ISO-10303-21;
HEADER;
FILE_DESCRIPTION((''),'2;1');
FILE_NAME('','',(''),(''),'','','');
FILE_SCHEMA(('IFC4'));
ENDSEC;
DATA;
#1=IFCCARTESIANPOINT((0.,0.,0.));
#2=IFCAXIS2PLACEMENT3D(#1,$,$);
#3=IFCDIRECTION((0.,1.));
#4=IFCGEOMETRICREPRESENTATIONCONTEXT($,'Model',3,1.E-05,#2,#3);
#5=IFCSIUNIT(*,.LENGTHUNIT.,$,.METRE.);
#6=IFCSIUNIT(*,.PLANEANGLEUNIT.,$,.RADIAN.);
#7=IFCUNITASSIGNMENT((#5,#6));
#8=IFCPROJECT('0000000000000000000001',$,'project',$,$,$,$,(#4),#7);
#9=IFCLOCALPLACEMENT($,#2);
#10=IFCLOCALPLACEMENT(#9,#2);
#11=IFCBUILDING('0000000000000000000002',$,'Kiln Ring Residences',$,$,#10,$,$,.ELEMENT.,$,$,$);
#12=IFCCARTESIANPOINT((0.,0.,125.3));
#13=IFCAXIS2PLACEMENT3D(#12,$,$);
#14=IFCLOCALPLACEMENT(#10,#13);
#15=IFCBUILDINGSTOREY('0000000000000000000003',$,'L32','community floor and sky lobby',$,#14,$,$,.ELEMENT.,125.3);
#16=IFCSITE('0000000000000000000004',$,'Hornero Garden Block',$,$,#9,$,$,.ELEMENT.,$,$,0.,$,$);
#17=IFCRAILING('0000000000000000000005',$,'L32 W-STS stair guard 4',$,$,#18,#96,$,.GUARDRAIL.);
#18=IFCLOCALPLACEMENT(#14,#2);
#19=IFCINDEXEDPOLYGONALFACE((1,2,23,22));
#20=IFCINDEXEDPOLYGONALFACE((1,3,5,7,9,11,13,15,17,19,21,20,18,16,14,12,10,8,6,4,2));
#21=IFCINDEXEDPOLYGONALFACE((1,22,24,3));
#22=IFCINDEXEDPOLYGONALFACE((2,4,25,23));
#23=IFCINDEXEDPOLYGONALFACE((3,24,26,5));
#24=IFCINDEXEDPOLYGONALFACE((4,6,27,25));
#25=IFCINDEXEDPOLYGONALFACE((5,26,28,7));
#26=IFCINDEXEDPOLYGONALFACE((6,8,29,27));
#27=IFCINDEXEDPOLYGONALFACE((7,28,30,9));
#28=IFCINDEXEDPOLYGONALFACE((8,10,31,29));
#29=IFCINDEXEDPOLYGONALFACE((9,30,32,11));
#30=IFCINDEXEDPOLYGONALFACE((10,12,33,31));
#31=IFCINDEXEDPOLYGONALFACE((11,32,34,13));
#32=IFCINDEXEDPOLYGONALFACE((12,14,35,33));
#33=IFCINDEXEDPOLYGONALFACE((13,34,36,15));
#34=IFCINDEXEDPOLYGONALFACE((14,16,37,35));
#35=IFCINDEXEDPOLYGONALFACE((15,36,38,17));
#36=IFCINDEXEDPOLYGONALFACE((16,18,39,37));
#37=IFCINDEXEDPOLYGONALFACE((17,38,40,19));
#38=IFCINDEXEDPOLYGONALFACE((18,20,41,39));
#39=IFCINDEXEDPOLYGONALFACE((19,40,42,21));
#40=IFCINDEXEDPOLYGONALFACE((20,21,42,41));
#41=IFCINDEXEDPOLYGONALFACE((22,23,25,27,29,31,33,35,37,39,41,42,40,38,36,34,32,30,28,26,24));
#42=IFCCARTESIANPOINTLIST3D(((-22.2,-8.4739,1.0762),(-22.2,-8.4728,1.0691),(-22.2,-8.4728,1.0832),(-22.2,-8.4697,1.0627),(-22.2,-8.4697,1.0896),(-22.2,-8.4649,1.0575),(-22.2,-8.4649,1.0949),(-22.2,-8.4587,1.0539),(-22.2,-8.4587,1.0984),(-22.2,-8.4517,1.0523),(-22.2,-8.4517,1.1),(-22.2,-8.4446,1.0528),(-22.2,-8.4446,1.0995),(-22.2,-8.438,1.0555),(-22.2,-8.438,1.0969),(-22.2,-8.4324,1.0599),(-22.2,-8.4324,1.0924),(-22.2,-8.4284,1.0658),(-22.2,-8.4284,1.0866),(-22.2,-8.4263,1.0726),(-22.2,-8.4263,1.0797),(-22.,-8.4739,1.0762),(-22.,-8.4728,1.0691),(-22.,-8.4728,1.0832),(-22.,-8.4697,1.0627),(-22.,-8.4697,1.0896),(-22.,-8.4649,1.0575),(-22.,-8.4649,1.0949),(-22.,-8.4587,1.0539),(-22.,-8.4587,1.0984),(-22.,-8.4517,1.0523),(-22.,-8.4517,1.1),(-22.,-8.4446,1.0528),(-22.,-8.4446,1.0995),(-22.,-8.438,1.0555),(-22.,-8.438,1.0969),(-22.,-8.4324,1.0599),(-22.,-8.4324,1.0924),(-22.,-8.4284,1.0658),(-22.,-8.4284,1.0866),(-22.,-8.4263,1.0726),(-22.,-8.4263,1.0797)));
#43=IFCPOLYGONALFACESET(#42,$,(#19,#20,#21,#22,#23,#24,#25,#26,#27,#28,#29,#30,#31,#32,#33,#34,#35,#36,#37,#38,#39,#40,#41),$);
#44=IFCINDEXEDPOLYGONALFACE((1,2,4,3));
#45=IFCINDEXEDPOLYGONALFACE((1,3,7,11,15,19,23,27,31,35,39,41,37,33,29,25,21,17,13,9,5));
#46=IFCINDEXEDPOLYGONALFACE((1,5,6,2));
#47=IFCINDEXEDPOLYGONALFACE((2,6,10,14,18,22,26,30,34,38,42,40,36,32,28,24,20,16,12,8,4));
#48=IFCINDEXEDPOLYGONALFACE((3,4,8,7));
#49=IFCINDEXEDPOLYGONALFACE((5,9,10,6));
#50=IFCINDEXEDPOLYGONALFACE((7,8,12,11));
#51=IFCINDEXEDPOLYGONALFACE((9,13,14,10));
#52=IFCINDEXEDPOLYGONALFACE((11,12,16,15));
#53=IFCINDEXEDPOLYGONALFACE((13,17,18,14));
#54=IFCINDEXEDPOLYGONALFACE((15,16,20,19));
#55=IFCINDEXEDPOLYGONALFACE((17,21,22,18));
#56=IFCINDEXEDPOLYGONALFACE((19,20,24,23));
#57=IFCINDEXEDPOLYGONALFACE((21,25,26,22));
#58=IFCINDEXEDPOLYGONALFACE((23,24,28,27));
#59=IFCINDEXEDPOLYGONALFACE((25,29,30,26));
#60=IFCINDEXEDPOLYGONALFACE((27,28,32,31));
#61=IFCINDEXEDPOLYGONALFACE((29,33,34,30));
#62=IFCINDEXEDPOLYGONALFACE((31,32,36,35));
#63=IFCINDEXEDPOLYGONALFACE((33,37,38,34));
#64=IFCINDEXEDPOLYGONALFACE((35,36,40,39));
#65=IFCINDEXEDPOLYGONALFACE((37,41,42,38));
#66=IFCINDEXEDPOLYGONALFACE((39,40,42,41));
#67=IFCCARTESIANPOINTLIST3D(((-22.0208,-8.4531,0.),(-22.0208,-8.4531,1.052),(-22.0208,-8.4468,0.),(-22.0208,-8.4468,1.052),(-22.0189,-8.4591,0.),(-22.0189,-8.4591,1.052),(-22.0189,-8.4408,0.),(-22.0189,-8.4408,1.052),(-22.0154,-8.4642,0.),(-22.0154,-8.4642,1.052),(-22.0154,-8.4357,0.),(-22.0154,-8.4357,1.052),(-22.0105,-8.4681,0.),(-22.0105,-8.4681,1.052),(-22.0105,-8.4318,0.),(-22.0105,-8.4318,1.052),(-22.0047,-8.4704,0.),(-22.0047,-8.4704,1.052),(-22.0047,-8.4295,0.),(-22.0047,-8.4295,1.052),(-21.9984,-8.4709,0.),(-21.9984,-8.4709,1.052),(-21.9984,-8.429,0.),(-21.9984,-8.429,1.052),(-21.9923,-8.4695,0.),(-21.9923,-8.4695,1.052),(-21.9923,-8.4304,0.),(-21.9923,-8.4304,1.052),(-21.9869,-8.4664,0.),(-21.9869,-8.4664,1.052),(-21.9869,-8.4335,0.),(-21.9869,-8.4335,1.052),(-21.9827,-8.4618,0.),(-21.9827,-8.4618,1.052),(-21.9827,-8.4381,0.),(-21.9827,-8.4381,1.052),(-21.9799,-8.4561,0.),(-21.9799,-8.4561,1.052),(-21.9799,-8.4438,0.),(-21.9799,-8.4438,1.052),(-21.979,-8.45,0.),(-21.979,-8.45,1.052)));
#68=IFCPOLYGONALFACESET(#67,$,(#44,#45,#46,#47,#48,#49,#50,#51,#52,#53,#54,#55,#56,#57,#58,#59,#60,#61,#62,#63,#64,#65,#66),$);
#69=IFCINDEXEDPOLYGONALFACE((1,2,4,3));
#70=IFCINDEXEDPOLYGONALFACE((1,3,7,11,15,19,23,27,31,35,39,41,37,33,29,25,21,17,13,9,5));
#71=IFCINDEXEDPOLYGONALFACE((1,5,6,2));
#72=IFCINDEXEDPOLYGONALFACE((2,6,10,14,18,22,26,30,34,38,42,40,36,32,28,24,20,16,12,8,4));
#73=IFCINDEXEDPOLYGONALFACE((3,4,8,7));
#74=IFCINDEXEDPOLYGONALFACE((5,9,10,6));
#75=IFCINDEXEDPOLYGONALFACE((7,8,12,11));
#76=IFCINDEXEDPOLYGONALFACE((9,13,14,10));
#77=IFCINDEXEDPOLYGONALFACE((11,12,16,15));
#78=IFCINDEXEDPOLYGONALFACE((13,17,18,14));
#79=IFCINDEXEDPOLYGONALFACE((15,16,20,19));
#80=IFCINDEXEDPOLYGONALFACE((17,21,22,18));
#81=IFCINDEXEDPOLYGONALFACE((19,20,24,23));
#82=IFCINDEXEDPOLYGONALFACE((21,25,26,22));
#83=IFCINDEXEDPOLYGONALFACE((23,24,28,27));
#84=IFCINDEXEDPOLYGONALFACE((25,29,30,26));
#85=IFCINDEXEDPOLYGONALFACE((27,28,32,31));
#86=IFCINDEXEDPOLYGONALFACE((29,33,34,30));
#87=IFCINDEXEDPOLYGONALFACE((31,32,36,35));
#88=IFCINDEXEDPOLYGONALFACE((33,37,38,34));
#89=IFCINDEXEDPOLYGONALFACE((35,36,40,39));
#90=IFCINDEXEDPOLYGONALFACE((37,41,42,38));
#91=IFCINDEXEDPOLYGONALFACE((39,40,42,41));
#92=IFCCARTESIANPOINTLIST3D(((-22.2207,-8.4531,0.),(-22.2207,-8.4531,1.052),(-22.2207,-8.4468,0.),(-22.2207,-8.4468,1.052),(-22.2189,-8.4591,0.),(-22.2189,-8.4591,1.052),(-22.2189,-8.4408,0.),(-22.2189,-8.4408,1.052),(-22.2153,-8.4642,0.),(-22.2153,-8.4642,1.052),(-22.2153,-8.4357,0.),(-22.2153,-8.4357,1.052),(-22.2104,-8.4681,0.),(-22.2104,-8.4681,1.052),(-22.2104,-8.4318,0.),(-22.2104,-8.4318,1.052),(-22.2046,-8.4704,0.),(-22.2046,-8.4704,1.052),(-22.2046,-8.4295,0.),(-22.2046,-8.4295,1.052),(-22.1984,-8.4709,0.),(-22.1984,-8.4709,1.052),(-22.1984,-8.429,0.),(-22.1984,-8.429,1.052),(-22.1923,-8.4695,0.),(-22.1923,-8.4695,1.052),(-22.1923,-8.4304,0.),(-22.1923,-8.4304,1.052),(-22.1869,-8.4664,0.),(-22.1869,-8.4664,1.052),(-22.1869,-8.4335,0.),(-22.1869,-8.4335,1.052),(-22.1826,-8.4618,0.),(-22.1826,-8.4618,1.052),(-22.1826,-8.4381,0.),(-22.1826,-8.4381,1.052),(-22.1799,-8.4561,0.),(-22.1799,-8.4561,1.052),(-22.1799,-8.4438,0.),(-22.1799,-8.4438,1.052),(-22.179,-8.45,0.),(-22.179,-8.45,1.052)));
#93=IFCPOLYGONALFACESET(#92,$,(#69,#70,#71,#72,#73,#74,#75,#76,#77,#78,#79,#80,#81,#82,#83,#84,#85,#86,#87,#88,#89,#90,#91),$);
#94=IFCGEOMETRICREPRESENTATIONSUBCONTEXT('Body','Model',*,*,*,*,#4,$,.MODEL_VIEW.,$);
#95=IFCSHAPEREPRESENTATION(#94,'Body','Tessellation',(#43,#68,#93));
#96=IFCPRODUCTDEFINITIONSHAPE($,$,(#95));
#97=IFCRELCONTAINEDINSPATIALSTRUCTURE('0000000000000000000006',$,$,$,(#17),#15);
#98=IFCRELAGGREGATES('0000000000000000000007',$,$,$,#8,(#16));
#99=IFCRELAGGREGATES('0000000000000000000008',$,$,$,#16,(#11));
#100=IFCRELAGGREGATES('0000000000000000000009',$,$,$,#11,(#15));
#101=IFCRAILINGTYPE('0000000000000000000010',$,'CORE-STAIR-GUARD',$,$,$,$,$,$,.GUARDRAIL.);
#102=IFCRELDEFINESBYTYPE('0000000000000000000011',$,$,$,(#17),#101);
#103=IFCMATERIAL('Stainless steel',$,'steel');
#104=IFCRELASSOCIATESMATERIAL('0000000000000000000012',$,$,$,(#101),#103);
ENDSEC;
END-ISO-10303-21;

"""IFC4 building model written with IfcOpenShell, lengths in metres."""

from ifc_helpers import new_model, si_unit, direction, frame, origin, origin_2d, place, context, subcontext, project, spatial, circle, extrude, material, type_object, element, save


model = new_model("IFC4")

# Units and contexts
model_context = context("Model", 3, precision=1e-05, world=origin(), true_north=direction((0.0, 1.0)))
body_context = subcontext(model_context, "Body", "Model", "MODEL_VIEW")
ifc_project = project(units=[si_unit("LENGTHUNIT", "METRE"), si_unit("PLANEANGLEUNIT", "RADIAN")], contexts=[model_context])

# Site, building, storey
site_placement = place(None, origin())
site = spatial("IfcSite", under=ifc_project, at=site_placement, Name="Hornero Garden Block", CompositionType="ELEMENT", RefElevation=0.0)
building_placement = place(site_placement, origin())
building = spatial("IfcBuilding", under=site, at=building_placement, Name="Kiln Ring Residences", CompositionType="ELEMENT")
storey_placement = place(building_placement, frame((0.0, 0.0, 125.3)))
storey = spatial("IfcBuildingStorey", under=building, at=storey_placement, Name="L32", Description="community floor and sky lobby", CompositionType="ELEMENT", Elevation=125.3)

# Railing
ifc_material_1 = material(Name="Stainless steel", Category="steel")
railing_type_1 = type_object("IfcRailingType", Name="CORE-STAIR-GUARD", PredefinedType="GUARDRAIL", material=ifc_material_1)
railing_1_placement = place(storey_placement, frame((-22.0, -8.45, 0.0)))
element("IfcRailing", 1, at=railing_1_placement, inside=storey, type_object=railing_type_1, Name="L32 W-STS stair guard 4", PredefinedType="GUARDRAIL", context=body_context, shape_type="SweptSolid", body=[
    extrude(circle(Radius=0.0239, at=origin_2d()), frame((0.0, 0.0, 1.0762), z_axis=(-1.0, 0.0, 0.0), x_axis=(0.0, -1.0, 0.0)), (0.0, 0.0, 1.0), 0.2),
    extrude(circle(Radius=0.021, at=origin_2d()), origin(), (0.0, 0.0, 1.0), 1.052),
    extrude(circle(Radius=0.021, at=origin_2d()), frame((-0.2, 0.0, 0.0)), (0.0, 0.0, 1.0), 1.052),
])

save(model, "model.ifc")
